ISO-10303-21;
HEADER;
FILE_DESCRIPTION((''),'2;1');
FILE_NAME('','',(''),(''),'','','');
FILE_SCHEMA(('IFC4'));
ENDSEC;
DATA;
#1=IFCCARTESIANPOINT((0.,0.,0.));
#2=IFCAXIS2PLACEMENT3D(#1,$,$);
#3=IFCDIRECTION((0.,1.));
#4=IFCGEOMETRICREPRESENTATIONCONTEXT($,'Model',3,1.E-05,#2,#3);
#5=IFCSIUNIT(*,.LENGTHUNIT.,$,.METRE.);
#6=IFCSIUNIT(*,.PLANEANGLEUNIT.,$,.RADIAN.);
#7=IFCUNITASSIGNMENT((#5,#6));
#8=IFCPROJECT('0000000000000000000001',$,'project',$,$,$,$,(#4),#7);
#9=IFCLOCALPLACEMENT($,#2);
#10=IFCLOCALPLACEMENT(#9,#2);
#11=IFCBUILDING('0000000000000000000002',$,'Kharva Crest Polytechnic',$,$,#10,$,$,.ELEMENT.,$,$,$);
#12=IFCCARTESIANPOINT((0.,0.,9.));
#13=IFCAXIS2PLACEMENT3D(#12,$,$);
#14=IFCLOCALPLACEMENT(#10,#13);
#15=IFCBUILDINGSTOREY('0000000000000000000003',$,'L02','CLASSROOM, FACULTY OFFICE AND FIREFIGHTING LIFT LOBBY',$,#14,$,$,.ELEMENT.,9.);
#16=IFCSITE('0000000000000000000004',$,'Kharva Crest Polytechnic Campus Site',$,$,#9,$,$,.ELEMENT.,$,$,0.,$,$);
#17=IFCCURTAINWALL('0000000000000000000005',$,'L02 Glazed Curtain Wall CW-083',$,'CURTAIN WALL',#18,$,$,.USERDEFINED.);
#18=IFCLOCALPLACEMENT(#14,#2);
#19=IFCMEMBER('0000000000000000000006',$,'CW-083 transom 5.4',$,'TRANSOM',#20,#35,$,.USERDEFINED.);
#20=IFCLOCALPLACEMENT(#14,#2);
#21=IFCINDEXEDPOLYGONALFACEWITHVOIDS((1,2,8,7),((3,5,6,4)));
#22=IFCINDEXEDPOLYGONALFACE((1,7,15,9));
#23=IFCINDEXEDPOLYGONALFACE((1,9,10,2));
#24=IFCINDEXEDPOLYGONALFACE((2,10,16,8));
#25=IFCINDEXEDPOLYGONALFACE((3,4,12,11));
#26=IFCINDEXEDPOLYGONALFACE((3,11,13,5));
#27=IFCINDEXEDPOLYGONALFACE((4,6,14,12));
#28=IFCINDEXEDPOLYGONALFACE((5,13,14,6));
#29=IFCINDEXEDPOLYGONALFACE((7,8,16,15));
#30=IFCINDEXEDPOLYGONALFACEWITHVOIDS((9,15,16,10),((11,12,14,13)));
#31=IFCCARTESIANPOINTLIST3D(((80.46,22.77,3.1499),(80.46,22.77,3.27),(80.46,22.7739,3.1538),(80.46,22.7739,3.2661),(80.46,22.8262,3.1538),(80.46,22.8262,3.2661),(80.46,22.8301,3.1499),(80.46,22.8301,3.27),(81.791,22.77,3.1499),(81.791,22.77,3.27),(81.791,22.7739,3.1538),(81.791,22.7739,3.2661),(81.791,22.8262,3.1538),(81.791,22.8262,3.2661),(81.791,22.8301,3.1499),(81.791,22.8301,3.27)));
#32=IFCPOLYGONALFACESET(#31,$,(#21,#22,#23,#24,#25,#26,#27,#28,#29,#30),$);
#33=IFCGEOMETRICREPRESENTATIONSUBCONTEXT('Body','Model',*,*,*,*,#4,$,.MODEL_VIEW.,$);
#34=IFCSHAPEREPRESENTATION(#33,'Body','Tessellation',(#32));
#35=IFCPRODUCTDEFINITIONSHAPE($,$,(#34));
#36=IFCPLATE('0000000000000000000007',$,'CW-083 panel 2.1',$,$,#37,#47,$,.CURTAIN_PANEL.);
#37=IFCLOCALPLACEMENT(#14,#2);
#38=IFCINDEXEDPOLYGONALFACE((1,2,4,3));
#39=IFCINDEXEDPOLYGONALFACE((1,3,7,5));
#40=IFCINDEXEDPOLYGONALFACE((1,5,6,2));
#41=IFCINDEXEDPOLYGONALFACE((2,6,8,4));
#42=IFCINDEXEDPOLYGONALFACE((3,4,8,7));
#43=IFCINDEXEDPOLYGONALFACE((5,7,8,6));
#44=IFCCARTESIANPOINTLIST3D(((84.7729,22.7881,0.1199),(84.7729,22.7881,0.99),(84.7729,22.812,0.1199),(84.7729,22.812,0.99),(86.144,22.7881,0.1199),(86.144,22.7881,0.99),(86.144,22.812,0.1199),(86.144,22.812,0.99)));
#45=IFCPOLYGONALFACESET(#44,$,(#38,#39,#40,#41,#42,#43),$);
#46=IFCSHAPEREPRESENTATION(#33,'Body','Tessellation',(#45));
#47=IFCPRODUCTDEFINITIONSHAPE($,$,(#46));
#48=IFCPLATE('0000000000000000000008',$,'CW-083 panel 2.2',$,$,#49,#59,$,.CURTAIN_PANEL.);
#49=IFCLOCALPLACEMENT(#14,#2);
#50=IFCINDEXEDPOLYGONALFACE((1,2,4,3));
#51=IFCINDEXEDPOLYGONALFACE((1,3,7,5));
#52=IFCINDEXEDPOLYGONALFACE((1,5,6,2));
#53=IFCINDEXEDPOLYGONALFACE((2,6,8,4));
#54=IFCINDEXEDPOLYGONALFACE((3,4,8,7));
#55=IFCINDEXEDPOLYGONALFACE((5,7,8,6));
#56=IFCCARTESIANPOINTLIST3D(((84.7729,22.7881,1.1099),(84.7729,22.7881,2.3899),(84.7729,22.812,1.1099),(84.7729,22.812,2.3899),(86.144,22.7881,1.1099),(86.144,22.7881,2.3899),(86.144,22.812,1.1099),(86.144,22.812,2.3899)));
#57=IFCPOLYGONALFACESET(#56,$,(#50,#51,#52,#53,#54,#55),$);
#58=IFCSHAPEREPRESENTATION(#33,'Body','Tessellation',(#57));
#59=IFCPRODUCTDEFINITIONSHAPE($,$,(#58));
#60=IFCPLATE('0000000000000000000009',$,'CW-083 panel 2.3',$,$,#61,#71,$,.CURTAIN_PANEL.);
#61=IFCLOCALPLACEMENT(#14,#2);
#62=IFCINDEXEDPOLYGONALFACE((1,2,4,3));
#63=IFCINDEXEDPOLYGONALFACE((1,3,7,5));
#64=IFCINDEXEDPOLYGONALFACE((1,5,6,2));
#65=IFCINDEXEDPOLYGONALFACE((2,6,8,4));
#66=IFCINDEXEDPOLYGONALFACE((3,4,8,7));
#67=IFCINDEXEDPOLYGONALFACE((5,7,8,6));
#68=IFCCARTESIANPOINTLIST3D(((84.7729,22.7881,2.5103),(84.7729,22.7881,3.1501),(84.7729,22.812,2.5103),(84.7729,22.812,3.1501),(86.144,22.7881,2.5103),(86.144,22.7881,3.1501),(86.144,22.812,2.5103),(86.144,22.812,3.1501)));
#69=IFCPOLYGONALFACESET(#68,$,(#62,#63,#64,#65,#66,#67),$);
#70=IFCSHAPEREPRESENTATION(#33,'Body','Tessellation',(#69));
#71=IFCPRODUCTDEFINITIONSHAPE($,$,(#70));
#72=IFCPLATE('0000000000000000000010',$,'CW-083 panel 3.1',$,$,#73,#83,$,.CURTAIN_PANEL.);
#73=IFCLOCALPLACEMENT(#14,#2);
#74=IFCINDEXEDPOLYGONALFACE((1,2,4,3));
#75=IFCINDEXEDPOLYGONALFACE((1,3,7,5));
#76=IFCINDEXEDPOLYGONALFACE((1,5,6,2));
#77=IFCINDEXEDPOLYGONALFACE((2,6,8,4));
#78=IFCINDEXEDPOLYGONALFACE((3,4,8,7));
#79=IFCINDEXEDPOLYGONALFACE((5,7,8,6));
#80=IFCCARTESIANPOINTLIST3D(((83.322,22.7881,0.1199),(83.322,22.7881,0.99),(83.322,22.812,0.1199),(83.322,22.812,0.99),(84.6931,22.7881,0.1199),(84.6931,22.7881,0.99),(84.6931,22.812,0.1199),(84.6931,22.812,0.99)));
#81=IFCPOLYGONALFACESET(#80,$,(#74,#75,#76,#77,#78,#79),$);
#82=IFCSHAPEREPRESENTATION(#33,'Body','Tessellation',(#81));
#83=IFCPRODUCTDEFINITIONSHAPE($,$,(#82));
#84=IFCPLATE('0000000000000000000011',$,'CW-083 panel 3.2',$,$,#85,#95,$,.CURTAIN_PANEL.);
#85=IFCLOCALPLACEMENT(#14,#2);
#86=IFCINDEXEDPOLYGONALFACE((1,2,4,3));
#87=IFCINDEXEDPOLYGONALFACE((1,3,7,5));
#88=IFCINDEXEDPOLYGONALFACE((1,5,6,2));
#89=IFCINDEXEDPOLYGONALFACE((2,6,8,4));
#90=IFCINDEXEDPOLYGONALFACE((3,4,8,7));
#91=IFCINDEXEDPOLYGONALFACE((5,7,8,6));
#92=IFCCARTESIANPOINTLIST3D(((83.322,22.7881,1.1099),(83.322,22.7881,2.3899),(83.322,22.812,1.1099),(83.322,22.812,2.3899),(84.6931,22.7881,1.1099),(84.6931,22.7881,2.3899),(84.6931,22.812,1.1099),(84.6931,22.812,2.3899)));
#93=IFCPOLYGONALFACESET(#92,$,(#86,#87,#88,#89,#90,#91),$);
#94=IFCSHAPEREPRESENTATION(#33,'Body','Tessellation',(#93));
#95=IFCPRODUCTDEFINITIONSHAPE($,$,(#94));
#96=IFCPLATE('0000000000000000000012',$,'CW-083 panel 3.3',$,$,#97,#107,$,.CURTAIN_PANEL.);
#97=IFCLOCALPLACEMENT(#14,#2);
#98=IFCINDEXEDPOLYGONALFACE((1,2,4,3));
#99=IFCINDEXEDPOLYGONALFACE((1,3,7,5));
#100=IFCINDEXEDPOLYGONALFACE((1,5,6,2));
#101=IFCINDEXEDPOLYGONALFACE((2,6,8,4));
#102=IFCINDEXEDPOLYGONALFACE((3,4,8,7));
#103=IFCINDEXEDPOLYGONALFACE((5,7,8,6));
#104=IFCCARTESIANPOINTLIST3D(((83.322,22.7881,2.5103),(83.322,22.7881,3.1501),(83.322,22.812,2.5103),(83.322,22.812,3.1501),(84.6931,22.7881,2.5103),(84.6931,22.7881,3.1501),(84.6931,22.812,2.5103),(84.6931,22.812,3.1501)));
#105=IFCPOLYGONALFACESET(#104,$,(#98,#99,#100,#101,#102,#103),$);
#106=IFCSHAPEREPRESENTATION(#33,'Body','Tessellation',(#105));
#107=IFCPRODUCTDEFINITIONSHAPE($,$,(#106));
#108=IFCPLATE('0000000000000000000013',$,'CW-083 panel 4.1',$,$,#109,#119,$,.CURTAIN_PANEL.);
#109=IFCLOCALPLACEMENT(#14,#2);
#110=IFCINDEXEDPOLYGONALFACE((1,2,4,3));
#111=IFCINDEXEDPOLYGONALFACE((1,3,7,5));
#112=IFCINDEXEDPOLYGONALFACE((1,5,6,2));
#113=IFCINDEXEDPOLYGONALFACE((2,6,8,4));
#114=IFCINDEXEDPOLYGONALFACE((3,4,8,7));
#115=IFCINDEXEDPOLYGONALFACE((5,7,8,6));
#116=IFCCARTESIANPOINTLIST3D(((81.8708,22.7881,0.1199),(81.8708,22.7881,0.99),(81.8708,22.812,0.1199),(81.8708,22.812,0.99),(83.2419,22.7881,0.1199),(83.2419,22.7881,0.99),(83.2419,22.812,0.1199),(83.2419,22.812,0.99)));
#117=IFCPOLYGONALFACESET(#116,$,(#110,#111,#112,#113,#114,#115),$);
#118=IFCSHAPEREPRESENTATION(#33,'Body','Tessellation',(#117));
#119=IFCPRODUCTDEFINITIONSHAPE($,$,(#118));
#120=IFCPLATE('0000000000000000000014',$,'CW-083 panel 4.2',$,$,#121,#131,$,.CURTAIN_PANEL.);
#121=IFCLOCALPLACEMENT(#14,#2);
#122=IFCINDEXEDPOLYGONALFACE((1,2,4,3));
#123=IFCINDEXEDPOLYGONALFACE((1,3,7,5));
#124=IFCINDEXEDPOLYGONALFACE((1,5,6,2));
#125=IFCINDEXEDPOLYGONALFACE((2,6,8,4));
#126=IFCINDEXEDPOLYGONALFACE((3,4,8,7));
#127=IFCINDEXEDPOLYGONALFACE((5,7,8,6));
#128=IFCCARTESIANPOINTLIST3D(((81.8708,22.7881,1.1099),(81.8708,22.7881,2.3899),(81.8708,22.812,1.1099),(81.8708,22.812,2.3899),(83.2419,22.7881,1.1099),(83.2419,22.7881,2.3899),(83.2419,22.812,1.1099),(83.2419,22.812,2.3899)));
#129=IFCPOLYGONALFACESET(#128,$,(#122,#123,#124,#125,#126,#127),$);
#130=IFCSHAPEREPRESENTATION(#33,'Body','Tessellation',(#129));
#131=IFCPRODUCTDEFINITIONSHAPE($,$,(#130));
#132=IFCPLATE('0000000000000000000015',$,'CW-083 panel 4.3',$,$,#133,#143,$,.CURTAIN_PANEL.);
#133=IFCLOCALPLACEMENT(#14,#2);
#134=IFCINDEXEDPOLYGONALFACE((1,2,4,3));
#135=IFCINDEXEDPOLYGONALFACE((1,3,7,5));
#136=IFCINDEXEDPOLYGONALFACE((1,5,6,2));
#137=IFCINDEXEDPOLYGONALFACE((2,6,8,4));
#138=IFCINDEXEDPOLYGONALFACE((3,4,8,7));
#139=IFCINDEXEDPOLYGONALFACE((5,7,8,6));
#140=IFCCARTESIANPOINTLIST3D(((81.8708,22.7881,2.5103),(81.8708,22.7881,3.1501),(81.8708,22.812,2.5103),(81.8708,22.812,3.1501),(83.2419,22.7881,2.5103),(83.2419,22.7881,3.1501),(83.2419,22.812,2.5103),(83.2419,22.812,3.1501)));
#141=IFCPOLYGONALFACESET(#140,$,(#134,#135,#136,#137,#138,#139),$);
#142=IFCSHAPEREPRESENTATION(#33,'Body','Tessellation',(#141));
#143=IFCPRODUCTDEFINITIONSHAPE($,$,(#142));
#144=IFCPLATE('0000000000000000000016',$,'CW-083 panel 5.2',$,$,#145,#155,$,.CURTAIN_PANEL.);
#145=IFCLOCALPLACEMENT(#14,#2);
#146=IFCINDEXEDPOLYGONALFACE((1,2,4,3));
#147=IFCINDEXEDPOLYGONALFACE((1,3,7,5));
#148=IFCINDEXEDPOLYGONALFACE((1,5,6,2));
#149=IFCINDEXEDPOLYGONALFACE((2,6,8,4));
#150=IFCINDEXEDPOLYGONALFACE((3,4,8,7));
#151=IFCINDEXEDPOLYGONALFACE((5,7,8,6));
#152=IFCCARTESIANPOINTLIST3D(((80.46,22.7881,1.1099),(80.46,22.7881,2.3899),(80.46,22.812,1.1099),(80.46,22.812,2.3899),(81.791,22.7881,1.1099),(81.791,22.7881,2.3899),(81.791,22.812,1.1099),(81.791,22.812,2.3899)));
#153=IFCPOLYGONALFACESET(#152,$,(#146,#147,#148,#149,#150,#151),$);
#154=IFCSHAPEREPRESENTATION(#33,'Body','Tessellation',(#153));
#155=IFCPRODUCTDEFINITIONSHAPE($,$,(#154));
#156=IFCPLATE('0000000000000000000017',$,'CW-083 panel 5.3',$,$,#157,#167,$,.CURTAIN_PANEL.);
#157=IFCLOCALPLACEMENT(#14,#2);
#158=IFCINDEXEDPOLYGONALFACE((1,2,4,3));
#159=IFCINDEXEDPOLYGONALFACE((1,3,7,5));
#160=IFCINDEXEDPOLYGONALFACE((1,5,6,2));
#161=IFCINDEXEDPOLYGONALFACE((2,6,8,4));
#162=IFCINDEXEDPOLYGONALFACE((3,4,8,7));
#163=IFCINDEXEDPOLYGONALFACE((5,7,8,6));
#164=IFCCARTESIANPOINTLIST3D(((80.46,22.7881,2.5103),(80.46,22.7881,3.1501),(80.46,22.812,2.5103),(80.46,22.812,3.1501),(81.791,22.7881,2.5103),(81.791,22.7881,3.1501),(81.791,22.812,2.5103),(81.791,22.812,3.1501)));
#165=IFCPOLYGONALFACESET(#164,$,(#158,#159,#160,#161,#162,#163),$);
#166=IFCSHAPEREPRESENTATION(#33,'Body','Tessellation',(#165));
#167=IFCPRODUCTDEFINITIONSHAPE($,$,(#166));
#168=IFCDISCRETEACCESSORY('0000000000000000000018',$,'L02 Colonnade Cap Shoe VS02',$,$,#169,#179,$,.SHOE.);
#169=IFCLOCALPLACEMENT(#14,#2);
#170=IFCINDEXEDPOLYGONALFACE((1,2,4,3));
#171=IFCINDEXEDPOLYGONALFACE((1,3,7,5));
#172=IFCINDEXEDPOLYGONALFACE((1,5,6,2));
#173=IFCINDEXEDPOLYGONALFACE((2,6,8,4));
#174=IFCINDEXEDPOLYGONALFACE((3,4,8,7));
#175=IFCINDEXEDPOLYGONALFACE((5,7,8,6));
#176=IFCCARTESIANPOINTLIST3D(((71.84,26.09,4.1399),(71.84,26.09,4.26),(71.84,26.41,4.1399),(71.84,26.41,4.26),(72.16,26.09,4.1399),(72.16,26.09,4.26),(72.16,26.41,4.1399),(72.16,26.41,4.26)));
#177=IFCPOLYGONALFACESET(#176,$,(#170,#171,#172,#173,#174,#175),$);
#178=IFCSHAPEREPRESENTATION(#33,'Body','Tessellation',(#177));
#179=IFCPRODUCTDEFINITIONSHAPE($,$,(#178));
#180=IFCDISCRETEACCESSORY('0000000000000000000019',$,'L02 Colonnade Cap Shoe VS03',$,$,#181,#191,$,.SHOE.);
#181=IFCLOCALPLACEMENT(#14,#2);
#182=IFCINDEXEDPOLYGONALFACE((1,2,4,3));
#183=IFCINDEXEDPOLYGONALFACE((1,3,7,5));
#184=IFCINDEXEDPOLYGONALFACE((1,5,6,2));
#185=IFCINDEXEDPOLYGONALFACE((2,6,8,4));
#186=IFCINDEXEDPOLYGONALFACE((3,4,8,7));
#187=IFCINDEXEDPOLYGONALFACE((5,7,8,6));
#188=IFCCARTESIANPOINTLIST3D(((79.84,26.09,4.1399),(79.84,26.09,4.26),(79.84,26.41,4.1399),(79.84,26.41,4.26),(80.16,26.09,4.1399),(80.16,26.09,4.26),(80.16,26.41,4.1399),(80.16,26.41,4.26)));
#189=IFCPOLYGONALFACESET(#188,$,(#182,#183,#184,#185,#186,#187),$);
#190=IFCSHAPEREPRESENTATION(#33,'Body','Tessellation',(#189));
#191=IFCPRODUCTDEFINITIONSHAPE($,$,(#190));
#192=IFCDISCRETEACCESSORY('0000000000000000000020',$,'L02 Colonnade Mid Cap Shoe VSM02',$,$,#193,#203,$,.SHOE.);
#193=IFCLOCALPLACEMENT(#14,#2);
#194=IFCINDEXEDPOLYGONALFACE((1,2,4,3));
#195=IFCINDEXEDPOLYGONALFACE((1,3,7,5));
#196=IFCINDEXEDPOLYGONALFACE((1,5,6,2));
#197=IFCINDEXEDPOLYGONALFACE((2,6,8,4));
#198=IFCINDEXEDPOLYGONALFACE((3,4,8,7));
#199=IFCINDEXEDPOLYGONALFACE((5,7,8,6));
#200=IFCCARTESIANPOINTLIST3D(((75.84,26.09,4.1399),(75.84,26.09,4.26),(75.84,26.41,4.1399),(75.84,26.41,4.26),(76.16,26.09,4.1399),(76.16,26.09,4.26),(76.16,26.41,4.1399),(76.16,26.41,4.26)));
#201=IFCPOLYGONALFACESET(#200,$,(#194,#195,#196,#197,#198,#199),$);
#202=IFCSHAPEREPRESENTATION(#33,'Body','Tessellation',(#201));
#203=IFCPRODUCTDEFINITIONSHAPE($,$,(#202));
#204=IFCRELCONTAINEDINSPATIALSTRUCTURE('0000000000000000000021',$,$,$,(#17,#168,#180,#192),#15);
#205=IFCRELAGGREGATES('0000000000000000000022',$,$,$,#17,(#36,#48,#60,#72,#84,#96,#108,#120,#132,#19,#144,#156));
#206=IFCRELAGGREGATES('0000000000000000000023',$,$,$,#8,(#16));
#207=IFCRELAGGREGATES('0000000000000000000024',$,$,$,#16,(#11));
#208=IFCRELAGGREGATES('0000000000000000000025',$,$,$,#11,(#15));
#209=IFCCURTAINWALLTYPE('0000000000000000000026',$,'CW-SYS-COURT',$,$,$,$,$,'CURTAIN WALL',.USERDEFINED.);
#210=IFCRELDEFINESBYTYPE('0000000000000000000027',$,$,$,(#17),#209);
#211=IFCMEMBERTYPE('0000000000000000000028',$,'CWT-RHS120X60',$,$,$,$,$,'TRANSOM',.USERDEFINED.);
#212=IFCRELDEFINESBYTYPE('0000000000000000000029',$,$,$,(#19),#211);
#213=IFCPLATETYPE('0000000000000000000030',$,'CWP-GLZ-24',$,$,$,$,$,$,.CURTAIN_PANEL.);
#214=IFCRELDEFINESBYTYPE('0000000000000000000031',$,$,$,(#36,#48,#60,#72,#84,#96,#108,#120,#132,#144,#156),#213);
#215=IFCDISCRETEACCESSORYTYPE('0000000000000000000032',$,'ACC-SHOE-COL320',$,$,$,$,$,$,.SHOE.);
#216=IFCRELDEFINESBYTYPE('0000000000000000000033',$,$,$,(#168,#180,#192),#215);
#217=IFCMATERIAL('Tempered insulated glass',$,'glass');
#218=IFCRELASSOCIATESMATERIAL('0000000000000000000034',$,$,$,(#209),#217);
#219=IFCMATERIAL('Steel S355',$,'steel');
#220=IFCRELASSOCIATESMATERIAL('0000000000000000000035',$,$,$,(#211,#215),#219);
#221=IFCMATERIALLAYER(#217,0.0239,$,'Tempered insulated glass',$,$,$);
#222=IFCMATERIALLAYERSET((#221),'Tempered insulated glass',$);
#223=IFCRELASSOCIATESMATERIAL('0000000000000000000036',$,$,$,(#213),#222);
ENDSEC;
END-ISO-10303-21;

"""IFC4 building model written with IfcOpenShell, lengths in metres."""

from ifc_helpers import new_model, si_unit, direction, frame, origin, origin_2d, place, context, subcontext, project, spatial, rectangle, hollow_rectangle, extrude, material, layer, layer_set, material_profile, profile_set, type_object, element, aggregate, save


model = new_model("IFC4")

# Units and contexts
model_context = context("Model", 3, precision=1e-05, world=origin(), true_north=direction((0.0, 1.0)))
body_context = subcontext(model_context, "Body", "Model", "MODEL_VIEW")
ifc_project = project(units=[si_unit("LENGTHUNIT", "METRE"), si_unit("PLANEANGLEUNIT", "RADIAN")], contexts=[model_context])

# Site, building, storey
site_placement = place(None, origin())
site = spatial("IfcSite", under=ifc_project, at=site_placement, Name="Kharva Crest Polytechnic Campus Site", CompositionType="ELEMENT", RefElevation=0.0)
building_placement = place(site_placement, origin())
building = spatial("IfcBuilding", under=site, at=building_placement, Name="Kharva Crest Polytechnic", CompositionType="ELEMENT")
storey_placement = place(building_placement, frame((0.0, 0.0, 9.0)))
storey = spatial("IfcBuildingStorey", under=building, at=storey_placement, Name="L02", Description="CLASSROOM, FACULTY OFFICE AND FIREFIGHTING LIFT LOBBY", CompositionType="ELEMENT", Elevation=9.0)

# Shared definitions
ifc_material_1 = material(Name="Steel S355", Category="steel")

# Curtain wall, member, plates
ifc_material_2 = material(Name="Tempered insulated glass", Category="glass")
curtain_wall_type = type_object("IfcCurtainWallType", Name="CW-SYS-COURT", ElementType="CURTAIN WALL", PredefinedType="USERDEFINED", material=ifc_material_2)
curtain_wall_placement = place(storey_placement, origin())
curtain_wall = element("IfcCurtainWall", 1, at=curtain_wall_placement, inside=storey, type_object=curtain_wall_type, Name="L02 Glazed Curtain Wall CW-083", ObjectType="CURTAIN WALL", PredefinedType="USERDEFINED")
ifc_material_profile_1 = material_profile(ifc_material_1, hollow_rectangle(XDim=0.0601, YDim=0.1201, WallThickness=0.0039, at=origin_2d()), Name="RHS 120X60X4.0")
ifc_profile_set_1 = profile_set([ifc_material_profile_1], Name="Steel S355")
member_type_1 = type_object("IfcMemberType", Name="CWT-RHS120X60", ElementType="TRANSOM", PredefinedType="USERDEFINED", material=ifc_profile_set_1)
member_1_placement = place(storey_placement, frame((81.791, 22.8, 3.21), z_axis=(-1.0, 0.0, 0.0), x_axis=(0.0, -1.0, 0.0)))
member_1 = element("IfcMember", 2, at=member_1_placement, type_object=member_type_1, Name="CW-083 transom 5.4", ObjectType="TRANSOM", PredefinedType="USERDEFINED", context=body_context, shape_type="SweptSolid", body=[
    extrude(hollow_rectangle(XDim=0.0601, YDim=0.1201, WallThickness=0.0039, at=origin_2d()), origin(), (0.0, 0.0, 1.0), 1.3311),
])
ifc_layer = layer(ifc_material_2, 0.0239, Name="Tempered insulated glass")
ifc_layer_set = layer_set([ifc_layer], Name="Tempered insulated glass")
plate_type = type_object("IfcPlateType", Name="CWP-GLZ-24", PredefinedType="CURTAIN_PANEL", material=ifc_layer_set)
plate_1_placement = place(storey_placement, frame((85.4585, 22.8, 0.1199), z_axis=(0.0, 0.0, 1.0), x_axis=(-1.0, 0.0, 0.0)))
plate_1 = element("IfcPlate", 3, at=plate_1_placement, type_object=plate_type, Name="CW-083 panel 2.1", PredefinedType="CURTAIN_PANEL", context=body_context, shape_type="SweptSolid", body=[
    extrude(rectangle(XDim=1.3711, YDim=0.0239, at=origin_2d()), origin(), (0.0, 0.0, 1.0), 0.8701),
])
plate_2_placement = place(storey_placement, frame((85.4585, 22.8, 1.1099), z_axis=(0.0, 0.0, 1.0), x_axis=(-1.0, 0.0, 0.0)))
plate_2 = element("IfcPlate", 4, at=plate_2_placement, type_object=plate_type, Name="CW-083 panel 2.2", PredefinedType="CURTAIN_PANEL", context=body_context, shape_type="SweptSolid", body=[
    extrude(rectangle(XDim=1.3711, YDim=0.0239, at=origin_2d()), origin(), (0.0, 0.0, 1.0), 1.28),
])
plate_3_placement = place(storey_placement, frame((85.4585, 22.8, 2.5103), z_axis=(0.0, 0.0, 1.0), x_axis=(-1.0, 0.0, 0.0)))
plate_3 = element("IfcPlate", 5, at=plate_3_placement, type_object=plate_type, Name="CW-083 panel 2.3", PredefinedType="CURTAIN_PANEL", context=body_context, shape_type="SweptSolid", body=[
    extrude(rectangle(XDim=1.3711, YDim=0.0239, at=origin_2d()), origin(), (0.0, 0.0, 1.0), 0.6399),
])
plate_4_placement = place(storey_placement, frame((84.0076, 22.8, 0.1199), z_axis=(0.0, 0.0, 1.0), x_axis=(-1.0, 0.0, 0.0)))
plate_4 = element("IfcPlate", 6, at=plate_4_placement, type_object=plate_type, Name="CW-083 panel 3.1", PredefinedType="CURTAIN_PANEL", context=body_context, shape_type="SweptSolid", body=[
    extrude(rectangle(XDim=1.3711, YDim=0.0239, at=origin_2d()), origin(), (0.0, 0.0, 1.0), 0.8701),
])
plate_5_placement = place(storey_placement, frame((84.0076, 22.8, 1.1099), z_axis=(0.0, 0.0, 1.0), x_axis=(-1.0, 0.0, 0.0)))
plate_5 = element("IfcPlate", 7, at=plate_5_placement, type_object=plate_type, Name="CW-083 panel 3.2", PredefinedType="CURTAIN_PANEL", context=body_context, shape_type="SweptSolid", body=[
    extrude(rectangle(XDim=1.3711, YDim=0.0239, at=origin_2d()), origin(), (0.0, 0.0, 1.0), 1.28),
])
plate_6_placement = place(storey_placement, frame((84.0076, 22.8, 2.5103), z_axis=(0.0, 0.0, 1.0), x_axis=(-1.0, 0.0, 0.0)))
plate_6 = element("IfcPlate", 8, at=plate_6_placement, type_object=plate_type, Name="CW-083 panel 3.3", PredefinedType="CURTAIN_PANEL", context=body_context, shape_type="SweptSolid", body=[
    extrude(rectangle(XDim=1.3711, YDim=0.0239, at=origin_2d()), origin(), (0.0, 0.0, 1.0), 0.6399),
])
plate_7_placement = place(storey_placement, frame((82.5564, 22.8, 0.1199), z_axis=(0.0, 0.0, 1.0), x_axis=(-1.0, 0.0, 0.0)))
plate_7 = element("IfcPlate", 9, at=plate_7_placement, type_object=plate_type, Name="CW-083 panel 4.1", PredefinedType="CURTAIN_PANEL", context=body_context, shape_type="SweptSolid", body=[
    extrude(rectangle(XDim=1.3711, YDim=0.0239, at=origin_2d()), origin(), (0.0, 0.0, 1.0), 0.8701),
])
plate_8_placement = place(storey_placement, frame((82.5564, 22.8, 1.1099), z_axis=(0.0, 0.0, 1.0), x_axis=(-1.0, 0.0, 0.0)))
plate_8 = element("IfcPlate", 10, at=plate_8_placement, type_object=plate_type, Name="CW-083 panel 4.2", PredefinedType="CURTAIN_PANEL", context=body_context, shape_type="SweptSolid", body=[
    extrude(rectangle(XDim=1.3711, YDim=0.0239, at=origin_2d()), origin(), (0.0, 0.0, 1.0), 1.28),
])
plate_9_placement = place(storey_placement, frame((82.5564, 22.8, 2.5103), z_axis=(0.0, 0.0, 1.0), x_axis=(-1.0, 0.0, 0.0)))
plate_9 = element("IfcPlate", 11, at=plate_9_placement, type_object=plate_type, Name="CW-083 panel 4.3", PredefinedType="CURTAIN_PANEL", context=body_context, shape_type="SweptSolid", body=[
    extrude(rectangle(XDim=1.3711, YDim=0.0239, at=origin_2d()), origin(), (0.0, 0.0, 1.0), 0.6399),
])
plate_10_placement = place(storey_placement, frame((81.1255, 22.8, 1.1099), z_axis=(0.0, 0.0, 1.0), x_axis=(-1.0, 0.0, 0.0)))
plate_10 = element("IfcPlate", 12, at=plate_10_placement, type_object=plate_type, Name="CW-083 panel 5.2", PredefinedType="CURTAIN_PANEL", context=body_context, shape_type="SweptSolid", body=[
    extrude(rectangle(XDim=1.3311, YDim=0.0239, at=origin_2d()), origin(), (0.0, 0.0, 1.0), 1.28),
])
plate_11_placement = place(storey_placement, frame((81.1255, 22.8, 2.5103), z_axis=(0.0, 0.0, 1.0), x_axis=(-1.0, 0.0, 0.0)))
plate_11 = element("IfcPlate", 13, at=plate_11_placement, type_object=plate_type, Name="CW-083 panel 5.3", PredefinedType="CURTAIN_PANEL", context=body_context, shape_type="SweptSolid", body=[
    extrude(rectangle(XDim=1.3311, YDim=0.0239, at=origin_2d()), origin(), (0.0, 0.0, 1.0), 0.6399),
])
aggregate(curtain_wall, [plate_1, plate_2, plate_3, plate_4, plate_5, plate_6, plate_7, plate_8, plate_9, member_1, plate_10, plate_11])

# Discrete accessories
discrete_accessory_type = type_object("IfcDiscreteAccessoryType", Name="ACC-SHOE-COL320", PredefinedType="SHOE", material=ifc_material_1)
for number, where, z_axis, x_axis, name in (
    (14, (72.0, 26.25, 4.1399), (0.0, 0.0, 1.0), (1.0, 0.0, 0.0), "L02 Colonnade Cap Shoe VS02"),
    (15, (80.0, 26.25, 4.1399), (0.0, 0.0, 1.0), (1.0, 0.0, 0.0), "L02 Colonnade Cap Shoe VS03"),
    (16, (76.0, 26.25, 4.1399), (0.0, 0.0, 1.0), (1.0, 0.0, 0.0), "L02 Colonnade Mid Cap Shoe VSM02"),
):
    element("IfcDiscreteAccessory", number, at=place(storey_placement, frame(where, z_axis=z_axis, x_axis=x_axis)), inside=storey, type_object=discrete_accessory_type, Name=name, PredefinedType="SHOE", context=body_context, shape_type="SweptSolid", body=[
        extrude(rectangle(XDim=0.3201, YDim=0.3201, at=origin_2d()), origin(), (0.0, 0.0, 1.0), 0.1201),
    ])

save(model, "model.ifc")
